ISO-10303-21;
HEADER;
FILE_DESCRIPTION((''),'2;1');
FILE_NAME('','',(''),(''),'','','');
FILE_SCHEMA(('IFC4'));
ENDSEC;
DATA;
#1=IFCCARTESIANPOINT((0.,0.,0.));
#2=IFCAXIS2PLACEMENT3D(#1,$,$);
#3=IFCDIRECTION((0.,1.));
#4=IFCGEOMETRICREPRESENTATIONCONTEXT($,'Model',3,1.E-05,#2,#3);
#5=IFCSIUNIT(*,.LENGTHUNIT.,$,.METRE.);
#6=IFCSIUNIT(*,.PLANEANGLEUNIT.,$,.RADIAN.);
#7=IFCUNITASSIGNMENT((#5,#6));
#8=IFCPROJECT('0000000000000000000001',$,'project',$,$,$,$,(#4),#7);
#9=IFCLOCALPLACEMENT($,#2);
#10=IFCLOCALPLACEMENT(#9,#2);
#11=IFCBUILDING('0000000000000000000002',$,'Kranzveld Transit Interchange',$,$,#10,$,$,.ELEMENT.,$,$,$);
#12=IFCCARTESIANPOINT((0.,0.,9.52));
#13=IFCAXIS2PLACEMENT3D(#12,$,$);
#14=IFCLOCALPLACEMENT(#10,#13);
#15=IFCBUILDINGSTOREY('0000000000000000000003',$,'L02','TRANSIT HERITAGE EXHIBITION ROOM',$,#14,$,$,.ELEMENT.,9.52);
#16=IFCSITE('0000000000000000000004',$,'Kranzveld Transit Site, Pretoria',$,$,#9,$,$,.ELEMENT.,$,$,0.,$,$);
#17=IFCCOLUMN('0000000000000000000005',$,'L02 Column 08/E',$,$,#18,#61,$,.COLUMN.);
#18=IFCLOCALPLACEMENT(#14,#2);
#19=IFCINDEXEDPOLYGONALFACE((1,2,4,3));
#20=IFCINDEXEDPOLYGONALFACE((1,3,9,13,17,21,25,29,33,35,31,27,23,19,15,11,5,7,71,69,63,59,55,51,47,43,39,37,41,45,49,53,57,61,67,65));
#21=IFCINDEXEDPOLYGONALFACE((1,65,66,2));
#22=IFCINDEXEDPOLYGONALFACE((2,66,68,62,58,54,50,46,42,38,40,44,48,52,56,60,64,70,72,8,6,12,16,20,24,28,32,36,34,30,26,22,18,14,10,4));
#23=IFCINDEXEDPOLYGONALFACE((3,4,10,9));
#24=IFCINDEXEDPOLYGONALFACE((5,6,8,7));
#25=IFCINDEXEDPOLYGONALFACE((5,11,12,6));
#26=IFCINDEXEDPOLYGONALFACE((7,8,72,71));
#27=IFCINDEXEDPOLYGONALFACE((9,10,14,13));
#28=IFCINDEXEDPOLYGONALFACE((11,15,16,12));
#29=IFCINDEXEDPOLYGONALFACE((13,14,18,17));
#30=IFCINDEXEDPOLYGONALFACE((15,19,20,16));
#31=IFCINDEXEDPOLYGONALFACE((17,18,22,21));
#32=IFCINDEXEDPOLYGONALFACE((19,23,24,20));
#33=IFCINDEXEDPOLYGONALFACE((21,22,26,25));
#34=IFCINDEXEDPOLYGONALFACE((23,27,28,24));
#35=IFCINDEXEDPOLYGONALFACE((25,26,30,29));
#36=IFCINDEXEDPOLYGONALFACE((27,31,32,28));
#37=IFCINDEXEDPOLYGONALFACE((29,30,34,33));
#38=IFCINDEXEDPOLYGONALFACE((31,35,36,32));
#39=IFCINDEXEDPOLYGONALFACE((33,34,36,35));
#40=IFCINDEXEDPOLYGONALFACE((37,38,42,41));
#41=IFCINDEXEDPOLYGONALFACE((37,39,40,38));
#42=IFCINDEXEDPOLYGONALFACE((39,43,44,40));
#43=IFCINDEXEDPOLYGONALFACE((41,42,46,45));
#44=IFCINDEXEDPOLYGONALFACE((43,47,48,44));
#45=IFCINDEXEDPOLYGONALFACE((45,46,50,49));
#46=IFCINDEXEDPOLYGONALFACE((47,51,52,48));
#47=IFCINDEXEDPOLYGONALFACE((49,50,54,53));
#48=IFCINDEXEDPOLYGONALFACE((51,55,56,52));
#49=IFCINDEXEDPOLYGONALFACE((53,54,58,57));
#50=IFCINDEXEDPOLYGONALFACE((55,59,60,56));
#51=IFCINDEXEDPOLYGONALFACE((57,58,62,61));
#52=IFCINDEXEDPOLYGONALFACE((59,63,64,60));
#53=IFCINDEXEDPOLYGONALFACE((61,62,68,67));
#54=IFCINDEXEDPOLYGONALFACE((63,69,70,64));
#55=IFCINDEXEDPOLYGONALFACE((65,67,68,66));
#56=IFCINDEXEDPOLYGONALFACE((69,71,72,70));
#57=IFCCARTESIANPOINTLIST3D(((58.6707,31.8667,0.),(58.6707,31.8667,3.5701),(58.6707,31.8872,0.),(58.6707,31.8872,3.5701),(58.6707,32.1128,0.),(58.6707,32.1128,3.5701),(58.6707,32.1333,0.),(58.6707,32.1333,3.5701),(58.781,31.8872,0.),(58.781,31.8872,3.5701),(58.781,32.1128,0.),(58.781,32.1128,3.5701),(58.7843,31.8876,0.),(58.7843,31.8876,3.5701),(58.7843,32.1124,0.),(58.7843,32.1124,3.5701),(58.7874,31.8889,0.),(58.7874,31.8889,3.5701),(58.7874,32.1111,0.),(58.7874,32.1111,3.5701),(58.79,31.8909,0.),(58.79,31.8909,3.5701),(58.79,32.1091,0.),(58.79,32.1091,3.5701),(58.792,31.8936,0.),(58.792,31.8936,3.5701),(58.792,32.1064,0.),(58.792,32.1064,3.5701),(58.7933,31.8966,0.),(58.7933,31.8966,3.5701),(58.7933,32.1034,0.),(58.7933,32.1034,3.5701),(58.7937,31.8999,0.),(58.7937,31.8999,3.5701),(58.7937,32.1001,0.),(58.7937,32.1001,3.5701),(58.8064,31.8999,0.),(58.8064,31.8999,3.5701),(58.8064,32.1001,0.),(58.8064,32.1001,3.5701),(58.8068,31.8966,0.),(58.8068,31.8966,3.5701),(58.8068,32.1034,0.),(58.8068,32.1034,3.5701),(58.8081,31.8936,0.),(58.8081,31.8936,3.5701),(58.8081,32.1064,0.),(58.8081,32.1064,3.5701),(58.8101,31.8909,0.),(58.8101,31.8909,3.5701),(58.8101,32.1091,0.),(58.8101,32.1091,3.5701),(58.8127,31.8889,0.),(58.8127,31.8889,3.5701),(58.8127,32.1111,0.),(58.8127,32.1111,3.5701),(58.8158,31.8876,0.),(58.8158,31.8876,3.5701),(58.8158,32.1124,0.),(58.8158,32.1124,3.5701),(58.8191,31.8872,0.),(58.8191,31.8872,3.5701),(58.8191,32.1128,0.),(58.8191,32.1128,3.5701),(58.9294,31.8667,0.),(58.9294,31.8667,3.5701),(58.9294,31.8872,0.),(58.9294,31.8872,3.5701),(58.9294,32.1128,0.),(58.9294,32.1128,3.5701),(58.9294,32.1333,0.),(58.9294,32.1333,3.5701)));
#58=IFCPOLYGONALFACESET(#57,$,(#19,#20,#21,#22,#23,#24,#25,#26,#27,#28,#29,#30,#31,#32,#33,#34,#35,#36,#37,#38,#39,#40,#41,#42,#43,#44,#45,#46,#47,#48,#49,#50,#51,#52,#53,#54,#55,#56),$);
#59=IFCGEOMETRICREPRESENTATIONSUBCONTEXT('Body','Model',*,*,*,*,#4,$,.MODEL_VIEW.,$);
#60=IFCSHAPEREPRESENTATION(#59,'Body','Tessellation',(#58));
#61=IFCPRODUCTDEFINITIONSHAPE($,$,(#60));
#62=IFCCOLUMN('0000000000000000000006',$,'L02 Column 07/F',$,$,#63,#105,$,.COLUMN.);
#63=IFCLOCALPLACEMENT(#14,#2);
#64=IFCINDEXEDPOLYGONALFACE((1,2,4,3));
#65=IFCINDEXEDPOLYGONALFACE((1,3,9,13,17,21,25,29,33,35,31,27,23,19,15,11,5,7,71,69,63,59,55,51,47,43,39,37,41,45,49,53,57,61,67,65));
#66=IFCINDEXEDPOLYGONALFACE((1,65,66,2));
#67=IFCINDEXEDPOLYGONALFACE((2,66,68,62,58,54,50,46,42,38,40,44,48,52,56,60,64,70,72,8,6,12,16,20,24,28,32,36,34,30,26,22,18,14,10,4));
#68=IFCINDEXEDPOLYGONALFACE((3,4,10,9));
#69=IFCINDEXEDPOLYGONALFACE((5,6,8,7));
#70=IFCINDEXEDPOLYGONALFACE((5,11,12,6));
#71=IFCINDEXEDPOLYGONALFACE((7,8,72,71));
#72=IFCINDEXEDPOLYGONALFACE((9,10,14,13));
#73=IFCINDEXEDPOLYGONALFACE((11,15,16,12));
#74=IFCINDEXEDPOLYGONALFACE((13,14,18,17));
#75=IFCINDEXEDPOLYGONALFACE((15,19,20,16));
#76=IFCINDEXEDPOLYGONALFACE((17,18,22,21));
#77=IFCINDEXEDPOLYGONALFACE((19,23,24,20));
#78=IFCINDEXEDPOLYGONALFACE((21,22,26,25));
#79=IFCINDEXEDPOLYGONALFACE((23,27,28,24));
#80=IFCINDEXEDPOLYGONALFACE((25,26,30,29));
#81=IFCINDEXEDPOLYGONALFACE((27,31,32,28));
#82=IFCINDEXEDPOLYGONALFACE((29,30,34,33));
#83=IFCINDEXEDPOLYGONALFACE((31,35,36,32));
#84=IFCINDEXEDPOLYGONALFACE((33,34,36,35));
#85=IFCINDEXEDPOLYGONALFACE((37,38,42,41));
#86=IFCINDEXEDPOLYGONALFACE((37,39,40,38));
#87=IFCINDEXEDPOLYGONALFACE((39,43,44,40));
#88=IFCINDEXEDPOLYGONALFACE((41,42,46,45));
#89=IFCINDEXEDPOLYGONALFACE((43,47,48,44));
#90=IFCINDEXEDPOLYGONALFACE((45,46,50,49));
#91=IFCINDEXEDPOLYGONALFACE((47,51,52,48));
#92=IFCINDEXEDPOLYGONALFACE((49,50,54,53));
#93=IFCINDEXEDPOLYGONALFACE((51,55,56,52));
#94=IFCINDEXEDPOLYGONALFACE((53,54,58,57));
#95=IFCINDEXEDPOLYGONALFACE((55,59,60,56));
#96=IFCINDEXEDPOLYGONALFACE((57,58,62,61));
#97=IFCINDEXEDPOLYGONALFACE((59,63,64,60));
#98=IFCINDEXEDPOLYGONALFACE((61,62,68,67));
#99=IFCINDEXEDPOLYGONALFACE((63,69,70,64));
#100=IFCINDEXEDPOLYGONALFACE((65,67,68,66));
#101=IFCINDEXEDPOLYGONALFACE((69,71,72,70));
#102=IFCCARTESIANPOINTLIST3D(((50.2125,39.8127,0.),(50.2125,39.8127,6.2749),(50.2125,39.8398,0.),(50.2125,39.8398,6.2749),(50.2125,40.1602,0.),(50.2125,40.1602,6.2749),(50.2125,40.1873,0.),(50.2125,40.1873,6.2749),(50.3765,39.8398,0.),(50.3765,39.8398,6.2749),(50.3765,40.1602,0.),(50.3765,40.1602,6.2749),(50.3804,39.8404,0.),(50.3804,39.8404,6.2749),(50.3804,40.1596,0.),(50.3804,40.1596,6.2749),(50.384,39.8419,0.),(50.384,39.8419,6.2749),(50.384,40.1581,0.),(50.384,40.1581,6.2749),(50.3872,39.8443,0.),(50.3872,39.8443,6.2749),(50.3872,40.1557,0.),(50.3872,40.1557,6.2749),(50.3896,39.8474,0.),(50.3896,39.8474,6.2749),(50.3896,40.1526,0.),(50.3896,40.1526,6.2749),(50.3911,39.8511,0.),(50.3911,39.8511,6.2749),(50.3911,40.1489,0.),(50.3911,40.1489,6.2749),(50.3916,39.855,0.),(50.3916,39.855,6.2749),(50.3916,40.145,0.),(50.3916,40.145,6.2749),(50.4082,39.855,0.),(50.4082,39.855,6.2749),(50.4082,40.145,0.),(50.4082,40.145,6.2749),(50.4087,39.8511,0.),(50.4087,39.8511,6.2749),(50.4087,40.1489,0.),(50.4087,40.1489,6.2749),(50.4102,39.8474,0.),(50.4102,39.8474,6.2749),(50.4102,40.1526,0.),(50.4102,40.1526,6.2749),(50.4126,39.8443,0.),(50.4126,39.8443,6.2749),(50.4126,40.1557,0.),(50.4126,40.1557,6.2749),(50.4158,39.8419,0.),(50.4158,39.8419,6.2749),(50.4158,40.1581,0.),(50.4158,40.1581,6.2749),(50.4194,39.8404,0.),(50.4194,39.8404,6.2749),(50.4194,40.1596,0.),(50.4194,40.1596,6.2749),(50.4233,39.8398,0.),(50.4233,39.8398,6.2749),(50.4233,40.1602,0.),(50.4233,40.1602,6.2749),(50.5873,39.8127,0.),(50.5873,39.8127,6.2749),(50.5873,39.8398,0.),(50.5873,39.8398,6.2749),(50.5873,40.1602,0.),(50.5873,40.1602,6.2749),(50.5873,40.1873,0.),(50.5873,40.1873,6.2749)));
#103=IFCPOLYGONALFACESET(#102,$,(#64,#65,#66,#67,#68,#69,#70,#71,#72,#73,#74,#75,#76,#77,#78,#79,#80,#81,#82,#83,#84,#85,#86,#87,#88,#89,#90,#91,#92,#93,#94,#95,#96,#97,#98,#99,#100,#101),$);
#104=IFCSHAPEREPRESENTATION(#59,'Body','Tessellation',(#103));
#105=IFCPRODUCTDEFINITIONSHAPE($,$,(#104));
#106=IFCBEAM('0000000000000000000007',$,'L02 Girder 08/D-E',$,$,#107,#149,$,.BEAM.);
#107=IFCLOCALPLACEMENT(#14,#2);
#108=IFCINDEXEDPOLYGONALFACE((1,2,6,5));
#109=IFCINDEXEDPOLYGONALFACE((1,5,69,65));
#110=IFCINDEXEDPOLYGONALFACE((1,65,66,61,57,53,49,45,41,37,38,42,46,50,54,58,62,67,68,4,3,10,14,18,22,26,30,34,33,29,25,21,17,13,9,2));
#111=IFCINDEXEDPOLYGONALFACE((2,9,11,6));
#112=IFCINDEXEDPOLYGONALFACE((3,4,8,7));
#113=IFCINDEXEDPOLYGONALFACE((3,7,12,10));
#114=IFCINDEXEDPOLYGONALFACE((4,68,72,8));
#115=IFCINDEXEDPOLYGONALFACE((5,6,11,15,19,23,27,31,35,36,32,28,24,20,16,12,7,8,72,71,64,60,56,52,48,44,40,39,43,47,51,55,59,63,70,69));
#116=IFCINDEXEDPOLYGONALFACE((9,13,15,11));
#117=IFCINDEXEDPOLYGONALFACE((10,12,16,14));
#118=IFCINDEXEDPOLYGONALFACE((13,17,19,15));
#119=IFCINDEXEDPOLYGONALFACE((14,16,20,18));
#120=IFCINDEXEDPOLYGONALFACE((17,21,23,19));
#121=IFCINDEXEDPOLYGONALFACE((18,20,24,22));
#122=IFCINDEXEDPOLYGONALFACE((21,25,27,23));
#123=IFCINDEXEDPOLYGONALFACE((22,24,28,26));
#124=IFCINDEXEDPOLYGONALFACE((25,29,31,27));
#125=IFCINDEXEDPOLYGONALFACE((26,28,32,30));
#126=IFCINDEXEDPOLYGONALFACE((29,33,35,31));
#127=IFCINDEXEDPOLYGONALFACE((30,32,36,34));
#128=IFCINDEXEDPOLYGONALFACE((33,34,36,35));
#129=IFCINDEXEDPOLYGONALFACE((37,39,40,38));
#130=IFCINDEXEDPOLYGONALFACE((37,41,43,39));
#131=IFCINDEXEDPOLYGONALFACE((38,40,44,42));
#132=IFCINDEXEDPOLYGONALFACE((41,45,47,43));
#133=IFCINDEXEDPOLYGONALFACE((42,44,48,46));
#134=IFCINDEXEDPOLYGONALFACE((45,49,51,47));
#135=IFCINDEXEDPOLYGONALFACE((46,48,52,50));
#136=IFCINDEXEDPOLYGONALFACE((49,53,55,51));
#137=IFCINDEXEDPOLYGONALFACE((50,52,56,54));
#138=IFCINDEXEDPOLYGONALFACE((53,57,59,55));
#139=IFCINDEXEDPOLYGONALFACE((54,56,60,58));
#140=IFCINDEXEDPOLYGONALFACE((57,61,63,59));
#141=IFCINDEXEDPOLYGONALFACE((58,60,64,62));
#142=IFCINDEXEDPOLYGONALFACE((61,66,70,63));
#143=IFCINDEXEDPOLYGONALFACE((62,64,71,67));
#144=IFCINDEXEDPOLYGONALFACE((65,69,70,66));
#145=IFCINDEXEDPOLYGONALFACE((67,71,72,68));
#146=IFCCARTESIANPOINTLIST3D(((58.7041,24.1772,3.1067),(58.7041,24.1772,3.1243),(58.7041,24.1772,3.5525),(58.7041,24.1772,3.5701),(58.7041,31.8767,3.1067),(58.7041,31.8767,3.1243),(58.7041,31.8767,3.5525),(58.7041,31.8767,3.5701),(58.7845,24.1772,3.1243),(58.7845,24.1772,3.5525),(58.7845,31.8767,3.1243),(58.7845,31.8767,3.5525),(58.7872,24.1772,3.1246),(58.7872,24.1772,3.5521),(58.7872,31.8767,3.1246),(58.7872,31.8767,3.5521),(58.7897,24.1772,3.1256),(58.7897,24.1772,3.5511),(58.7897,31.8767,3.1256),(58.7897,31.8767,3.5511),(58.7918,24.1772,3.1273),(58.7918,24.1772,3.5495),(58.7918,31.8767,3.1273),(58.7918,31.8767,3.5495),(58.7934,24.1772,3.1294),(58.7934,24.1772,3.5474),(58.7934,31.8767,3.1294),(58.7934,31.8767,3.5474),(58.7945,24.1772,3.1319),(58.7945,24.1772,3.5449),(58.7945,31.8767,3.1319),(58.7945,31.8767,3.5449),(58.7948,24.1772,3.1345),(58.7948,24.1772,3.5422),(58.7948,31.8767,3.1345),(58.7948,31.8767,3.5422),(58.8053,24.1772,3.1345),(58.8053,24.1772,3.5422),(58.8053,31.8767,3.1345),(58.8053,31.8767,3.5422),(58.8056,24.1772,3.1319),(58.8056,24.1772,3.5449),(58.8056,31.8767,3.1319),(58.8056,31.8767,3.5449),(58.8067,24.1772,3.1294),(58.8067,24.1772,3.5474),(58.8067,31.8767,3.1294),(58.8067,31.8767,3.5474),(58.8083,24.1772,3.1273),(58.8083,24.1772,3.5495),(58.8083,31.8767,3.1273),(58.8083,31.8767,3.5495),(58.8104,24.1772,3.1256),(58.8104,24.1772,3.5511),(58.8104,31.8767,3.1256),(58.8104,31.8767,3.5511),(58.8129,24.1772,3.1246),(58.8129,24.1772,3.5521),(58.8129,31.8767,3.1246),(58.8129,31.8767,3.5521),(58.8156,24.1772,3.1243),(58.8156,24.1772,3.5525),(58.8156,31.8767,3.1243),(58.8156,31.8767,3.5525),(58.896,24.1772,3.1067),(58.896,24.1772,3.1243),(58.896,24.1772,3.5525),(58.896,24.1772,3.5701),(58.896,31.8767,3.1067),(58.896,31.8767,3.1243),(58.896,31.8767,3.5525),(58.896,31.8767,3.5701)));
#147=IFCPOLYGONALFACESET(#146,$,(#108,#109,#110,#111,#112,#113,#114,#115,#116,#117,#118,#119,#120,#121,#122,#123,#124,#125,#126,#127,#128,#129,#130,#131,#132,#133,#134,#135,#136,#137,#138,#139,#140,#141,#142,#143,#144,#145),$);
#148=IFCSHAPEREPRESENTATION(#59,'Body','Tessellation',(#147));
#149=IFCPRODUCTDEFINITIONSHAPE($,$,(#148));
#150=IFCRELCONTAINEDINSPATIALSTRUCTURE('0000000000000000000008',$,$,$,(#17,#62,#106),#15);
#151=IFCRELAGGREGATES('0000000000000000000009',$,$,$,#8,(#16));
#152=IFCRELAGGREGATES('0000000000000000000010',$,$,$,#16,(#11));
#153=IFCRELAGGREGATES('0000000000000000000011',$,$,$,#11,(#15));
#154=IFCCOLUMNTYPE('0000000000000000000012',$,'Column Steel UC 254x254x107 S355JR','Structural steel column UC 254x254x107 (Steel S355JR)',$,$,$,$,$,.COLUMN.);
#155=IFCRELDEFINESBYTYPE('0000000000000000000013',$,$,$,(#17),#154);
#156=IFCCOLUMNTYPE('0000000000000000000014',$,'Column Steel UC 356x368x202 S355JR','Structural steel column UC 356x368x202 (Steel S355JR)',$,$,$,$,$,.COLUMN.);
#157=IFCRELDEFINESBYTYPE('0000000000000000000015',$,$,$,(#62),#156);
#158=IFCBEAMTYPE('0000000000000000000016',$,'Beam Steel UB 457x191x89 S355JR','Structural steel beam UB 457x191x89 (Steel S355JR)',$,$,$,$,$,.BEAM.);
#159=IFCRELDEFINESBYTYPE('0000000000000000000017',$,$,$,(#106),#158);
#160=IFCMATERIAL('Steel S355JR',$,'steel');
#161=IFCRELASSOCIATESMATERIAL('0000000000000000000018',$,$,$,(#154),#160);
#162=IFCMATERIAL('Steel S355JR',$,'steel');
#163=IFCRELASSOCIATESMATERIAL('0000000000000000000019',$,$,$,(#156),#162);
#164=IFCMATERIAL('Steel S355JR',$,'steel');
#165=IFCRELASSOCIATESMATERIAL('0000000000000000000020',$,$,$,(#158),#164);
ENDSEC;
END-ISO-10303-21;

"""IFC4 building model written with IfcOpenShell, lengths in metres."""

from ifc_helpers import new_model, si_unit, direction, frame, origin, origin_2d, place, context, subcontext, project, spatial, i_section, extrude, material, material_profile, profile_set, type_object, element, save


model = new_model("IFC4")

# Units and contexts
model_context = context("Model", 3, precision=1e-05, world=origin(), true_north=direction((0.0, 1.0)))
body_context = subcontext(model_context, "Body", "Model", "MODEL_VIEW")
ifc_project = project(units=[si_unit("LENGTHUNIT", "METRE"), si_unit("PLANEANGLEUNIT", "RADIAN")], contexts=[model_context])

# Site, building, storey
site_placement = place(None, origin())
site = spatial("IfcSite", under=ifc_project, at=site_placement, Name="Kranzveld Transit Site, Pretoria", CompositionType="ELEMENT", RefElevation=0.0)
building_placement = place(site_placement, origin())
building = spatial("IfcBuilding", under=site, at=building_placement, Name="Kranzveld Transit Interchange", CompositionType="ELEMENT")
storey_placement = place(building_placement, frame((0.0, 0.0, 9.52)))
storey = spatial("IfcBuildingStorey", under=building, at=storey_placement, Name="L02", Description="TRANSIT HERITAGE EXHIBITION ROOM", CompositionType="ELEMENT", Elevation=9.52)

# Columns
ifc_material_1 = material(Name="Steel S355JR", Category="steel")
ifc_material_profile_1 = material_profile(ifc_material_1, i_section(OverallWidth=0.2588, OverallDepth=0.2666, WebThickness=0.0127, FlangeThickness=0.0205, FilletRadius=0.0127, at=origin_2d()), Name="UC 254x254x107")
ifc_profile_set_1 = profile_set([ifc_material_profile_1], Name="Steel S355JR")
column_type_1 = type_object("IfcColumnType", Name="Column Steel UC 254x254x107 S355JR", Description="Structural steel column UC 254x254x107 (Steel S355JR)", PredefinedType="COLUMN", material=ifc_profile_set_1)
column_1_placement = place(storey_placement, frame((58.8, 32.0, 0.0), z_axis=(0.0, 0.0, 1.0), x_axis=(1.0, 0.0, 0.0)))
element("IfcColumn", 1, at=column_1_placement, inside=storey, type_object=column_type_1, Name="L02 Column 08/E", PredefinedType="COLUMN", context=body_context, shape_type="SweptSolid", body=[
    extrude(i_section(OverallWidth=0.2588, OverallDepth=0.2666, WebThickness=0.0127, FlangeThickness=0.0205, FilletRadius=0.0127, at=origin_2d()), origin(), (0.0, 0.0, 1.0), 3.5701),
])
ifc_material_2 = material(Name="Steel S355JR", Category="steel")
ifc_material_profile_2 = material_profile(ifc_material_2, i_section(OverallWidth=0.3748, OverallDepth=0.3745, WebThickness=0.0166, FlangeThickness=0.0271, FilletRadius=0.0151, at=origin_2d()), Name="UC 356x368x202")
ifc_profile_set_2 = profile_set([ifc_material_profile_2], Name="Steel S355JR")
column_type_2 = type_object("IfcColumnType", Name="Column Steel UC 356x368x202 S355JR", Description="Structural steel column UC 356x368x202 (Steel S355JR)", PredefinedType="COLUMN", material=ifc_profile_set_2)
column_2_placement = place(storey_placement, frame((50.3999, 40.0, 0.0), z_axis=(0.0, 0.0, 1.0), x_axis=(1.0, 0.0, 0.0)))
element("IfcColumn", 2, at=column_2_placement, inside=storey, type_object=column_type_2, Name="L02 Column 07/F", PredefinedType="COLUMN", context=body_context, shape_type="SweptSolid", body=[
    extrude(i_section(OverallWidth=0.3748, OverallDepth=0.3745, WebThickness=0.0166, FlangeThickness=0.0271, FilletRadius=0.0151, at=origin_2d()), origin(), (0.0, 0.0, 1.0), 6.2749),
])

# Beam
ifc_material_3 = material(Name="Steel S355JR", Category="steel")
ifc_material_profile_3 = material_profile(ifc_material_3, i_section(OverallWidth=0.1919, OverallDepth=0.4634, WebThickness=0.0105, FlangeThickness=0.0176, FilletRadius=0.0103, at=origin_2d()), Name="UB 457x191x89")
ifc_profile_set_3 = profile_set([ifc_material_profile_3], Name="Steel S355JR")
beam_type_1 = type_object("IfcBeamType", Name="Beam Steel UB 457x191x89 S355JR", Description="Structural steel beam UB 457x191x89 (Steel S355JR)", PredefinedType="BEAM", material=ifc_profile_set_3)
beam_1_placement = place(storey_placement, frame((58.8, 24.1772, 3.3384), z_axis=(0.0, 1.0, 0.0), x_axis=(-1.0, 0.0, 0.0)))
element("IfcBeam", 3, at=beam_1_placement, inside=storey, type_object=beam_type_1, Name="L02 Girder 08/D-E", PredefinedType="BEAM", context=body_context, shape_type="SweptSolid", body=[
    extrude(i_section(OverallWidth=0.1919, OverallDepth=0.4634, WebThickness=0.0105, FlangeThickness=0.0176, FilletRadius=0.0103, at=origin_2d()), origin(), (0.0, 0.0, 1.0), 7.6995),
])

save(model, "model.ifc")
